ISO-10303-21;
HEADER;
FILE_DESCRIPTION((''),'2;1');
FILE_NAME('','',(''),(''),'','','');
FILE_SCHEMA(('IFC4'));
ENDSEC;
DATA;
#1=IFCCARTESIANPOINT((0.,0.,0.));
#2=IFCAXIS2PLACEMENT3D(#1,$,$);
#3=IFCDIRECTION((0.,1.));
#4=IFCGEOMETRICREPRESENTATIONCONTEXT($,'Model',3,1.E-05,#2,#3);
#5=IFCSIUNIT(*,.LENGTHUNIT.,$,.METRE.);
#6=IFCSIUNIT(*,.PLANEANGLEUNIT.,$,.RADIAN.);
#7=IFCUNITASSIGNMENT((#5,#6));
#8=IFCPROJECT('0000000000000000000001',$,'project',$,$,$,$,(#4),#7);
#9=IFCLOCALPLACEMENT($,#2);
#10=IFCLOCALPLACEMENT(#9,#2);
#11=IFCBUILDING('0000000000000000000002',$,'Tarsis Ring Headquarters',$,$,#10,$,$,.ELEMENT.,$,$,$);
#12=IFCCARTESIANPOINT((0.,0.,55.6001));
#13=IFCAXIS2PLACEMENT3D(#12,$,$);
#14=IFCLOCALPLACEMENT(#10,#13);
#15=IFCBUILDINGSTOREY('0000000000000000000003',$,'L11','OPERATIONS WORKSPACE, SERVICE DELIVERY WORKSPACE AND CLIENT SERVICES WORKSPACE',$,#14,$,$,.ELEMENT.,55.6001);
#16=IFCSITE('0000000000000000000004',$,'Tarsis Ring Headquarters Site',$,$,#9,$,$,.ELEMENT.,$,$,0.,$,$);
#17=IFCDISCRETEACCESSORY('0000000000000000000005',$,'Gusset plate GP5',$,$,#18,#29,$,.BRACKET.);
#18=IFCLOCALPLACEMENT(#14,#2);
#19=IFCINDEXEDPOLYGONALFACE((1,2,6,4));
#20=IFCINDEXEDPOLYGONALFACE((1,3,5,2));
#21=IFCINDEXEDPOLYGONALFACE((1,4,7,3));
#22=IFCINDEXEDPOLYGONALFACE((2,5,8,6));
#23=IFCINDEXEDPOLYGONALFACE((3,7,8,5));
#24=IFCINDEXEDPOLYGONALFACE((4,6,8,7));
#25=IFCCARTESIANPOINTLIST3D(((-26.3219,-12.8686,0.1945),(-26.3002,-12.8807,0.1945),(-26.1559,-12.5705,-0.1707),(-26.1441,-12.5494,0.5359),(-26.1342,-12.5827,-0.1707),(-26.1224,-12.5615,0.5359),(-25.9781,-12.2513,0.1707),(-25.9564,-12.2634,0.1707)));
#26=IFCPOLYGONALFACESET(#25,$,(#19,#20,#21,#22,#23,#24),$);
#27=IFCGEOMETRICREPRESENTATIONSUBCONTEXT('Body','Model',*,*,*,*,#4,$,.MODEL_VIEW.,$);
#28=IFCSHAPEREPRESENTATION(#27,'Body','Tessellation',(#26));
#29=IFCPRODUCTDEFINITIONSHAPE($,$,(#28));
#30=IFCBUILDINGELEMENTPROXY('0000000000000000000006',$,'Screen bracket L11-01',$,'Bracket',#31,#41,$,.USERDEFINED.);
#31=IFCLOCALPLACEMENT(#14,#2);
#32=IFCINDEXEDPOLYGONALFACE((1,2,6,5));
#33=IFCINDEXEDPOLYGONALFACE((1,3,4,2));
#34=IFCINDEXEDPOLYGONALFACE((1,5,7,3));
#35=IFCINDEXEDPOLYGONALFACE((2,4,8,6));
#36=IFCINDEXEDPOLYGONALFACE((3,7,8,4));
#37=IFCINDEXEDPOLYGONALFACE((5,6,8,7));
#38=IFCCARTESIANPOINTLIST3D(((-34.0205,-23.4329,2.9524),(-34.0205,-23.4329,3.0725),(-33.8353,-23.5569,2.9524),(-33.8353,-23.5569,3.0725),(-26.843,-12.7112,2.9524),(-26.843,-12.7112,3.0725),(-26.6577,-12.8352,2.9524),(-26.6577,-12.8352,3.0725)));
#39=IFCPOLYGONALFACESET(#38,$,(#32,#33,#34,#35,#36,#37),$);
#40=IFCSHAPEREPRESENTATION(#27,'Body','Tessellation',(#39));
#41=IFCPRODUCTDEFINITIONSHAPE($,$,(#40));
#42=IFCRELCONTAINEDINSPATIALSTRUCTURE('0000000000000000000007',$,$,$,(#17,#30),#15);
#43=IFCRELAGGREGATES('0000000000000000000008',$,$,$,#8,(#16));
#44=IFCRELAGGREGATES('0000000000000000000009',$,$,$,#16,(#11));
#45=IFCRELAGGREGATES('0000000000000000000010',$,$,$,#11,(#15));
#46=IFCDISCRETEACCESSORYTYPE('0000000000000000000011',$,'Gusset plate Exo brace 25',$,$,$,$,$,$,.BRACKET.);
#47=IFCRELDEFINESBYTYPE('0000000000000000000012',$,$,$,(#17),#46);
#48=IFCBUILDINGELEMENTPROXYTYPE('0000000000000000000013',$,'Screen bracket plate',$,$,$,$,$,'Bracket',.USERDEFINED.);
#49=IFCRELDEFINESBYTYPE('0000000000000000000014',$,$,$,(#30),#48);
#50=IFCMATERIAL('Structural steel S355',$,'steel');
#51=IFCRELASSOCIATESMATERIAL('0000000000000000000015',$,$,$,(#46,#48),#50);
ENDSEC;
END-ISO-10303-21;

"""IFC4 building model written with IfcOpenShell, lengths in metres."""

from ifc_helpers import new_model, si_unit, direction, frame, origin, origin_2d, place, context, subcontext, project, spatial, rectangle, extrude, material, material_profile, profile_set, type_object, element, save


model = new_model("IFC4")

# Units and contexts
model_context = context("Model", 3, precision=1e-05, world=origin(), true_north=direction((0.0, 1.0)))
body_context = subcontext(model_context, "Body", "Model", "MODEL_VIEW")
ifc_project = project(units=[si_unit("LENGTHUNIT", "METRE"), si_unit("PLANEANGLEUNIT", "RADIAN")], contexts=[model_context])

# Site, building, storey
site_placement = place(None, origin())
site = spatial("IfcSite", under=ifc_project, at=site_placement, Name="Tarsis Ring Headquarters Site", CompositionType="ELEMENT", RefElevation=0.0)
building_placement = place(site_placement, origin())
building = spatial("IfcBuilding", under=site, at=building_placement, Name="Tarsis Ring Headquarters", CompositionType="ELEMENT")
storey_placement = place(building_placement, frame((0.0, 0.0, 55.6001)))
storey = spatial("IfcBuildingStorey", under=building, at=storey_placement, Name="L11", Description="OPERATIONS WORKSPACE, SERVICE DELIVERY WORKSPACE AND CLIENT SERVICES WORKSPACE", CompositionType="ELEMENT", Elevation=55.6001)

# Shared definitions
ifc_material_1 = material(Name="Structural steel S355", Category="steel")

# Discrete accessory
ifc_material_profile_1 = material_profile(ifc_material_1, rectangle(XDim=0.0249, YDim=0.5, at=origin_2d()), Name="PL 25x500")
ifc_profile_set_1 = profile_set([ifc_material_profile_1], Name="Structural steel S355")
discrete_accessory_type = type_object("IfcDiscreteAccessoryType", Name="Gusset plate Exo brace 25", PredefinedType="BRACKET", material=ifc_profile_set_1)
discrete_accessory_placement = place(storey_placement, frame((-26.0562, -12.417, 0.0), z_axis=(-0.332152, -0.596408, 0.730734), x_axis=(0.873651, -0.486554, 0.0)))
element("IfcDiscreteAccessory", 1, at=discrete_accessory_placement, inside=storey, type_object=discrete_accessory_type, Name="Gusset plate GP5", PredefinedType="BRACKET", context=body_context, shape_type="SweptSolid", body=[
    extrude(rectangle(XDim=0.0249, YDim=0.5, at=origin_2d()), origin(), (0.0, 0.0, 1.0), 0.4998),
])

# Building element proxy
building_element_proxy_type = type_object("IfcBuildingElementProxyType", Name="Screen bracket plate", ElementType="Bracket", PredefinedType="USERDEFINED", material=ifc_material_1)
proxy_placement = place(storey_placement, frame((-30.3391, -18.134, 2.9524), z_axis=(0.0, 0.0, 1.0), x_axis=(-0.556296, -0.830984, 0.0)))
element("IfcBuildingElementProxy", 2, at=proxy_placement, inside=storey, type_object=building_element_proxy_type, Name="Screen bracket L11-01", ObjectType="Bracket", PredefinedType="USERDEFINED", context=body_context, shape_type="SweptSolid", body=[
    extrude(rectangle(XDim=12.9023, YDim=0.2229, at=origin_2d()), origin(), (0.0, 0.0, 1.0), 0.1201),
])

save(model, "model.ifc")
